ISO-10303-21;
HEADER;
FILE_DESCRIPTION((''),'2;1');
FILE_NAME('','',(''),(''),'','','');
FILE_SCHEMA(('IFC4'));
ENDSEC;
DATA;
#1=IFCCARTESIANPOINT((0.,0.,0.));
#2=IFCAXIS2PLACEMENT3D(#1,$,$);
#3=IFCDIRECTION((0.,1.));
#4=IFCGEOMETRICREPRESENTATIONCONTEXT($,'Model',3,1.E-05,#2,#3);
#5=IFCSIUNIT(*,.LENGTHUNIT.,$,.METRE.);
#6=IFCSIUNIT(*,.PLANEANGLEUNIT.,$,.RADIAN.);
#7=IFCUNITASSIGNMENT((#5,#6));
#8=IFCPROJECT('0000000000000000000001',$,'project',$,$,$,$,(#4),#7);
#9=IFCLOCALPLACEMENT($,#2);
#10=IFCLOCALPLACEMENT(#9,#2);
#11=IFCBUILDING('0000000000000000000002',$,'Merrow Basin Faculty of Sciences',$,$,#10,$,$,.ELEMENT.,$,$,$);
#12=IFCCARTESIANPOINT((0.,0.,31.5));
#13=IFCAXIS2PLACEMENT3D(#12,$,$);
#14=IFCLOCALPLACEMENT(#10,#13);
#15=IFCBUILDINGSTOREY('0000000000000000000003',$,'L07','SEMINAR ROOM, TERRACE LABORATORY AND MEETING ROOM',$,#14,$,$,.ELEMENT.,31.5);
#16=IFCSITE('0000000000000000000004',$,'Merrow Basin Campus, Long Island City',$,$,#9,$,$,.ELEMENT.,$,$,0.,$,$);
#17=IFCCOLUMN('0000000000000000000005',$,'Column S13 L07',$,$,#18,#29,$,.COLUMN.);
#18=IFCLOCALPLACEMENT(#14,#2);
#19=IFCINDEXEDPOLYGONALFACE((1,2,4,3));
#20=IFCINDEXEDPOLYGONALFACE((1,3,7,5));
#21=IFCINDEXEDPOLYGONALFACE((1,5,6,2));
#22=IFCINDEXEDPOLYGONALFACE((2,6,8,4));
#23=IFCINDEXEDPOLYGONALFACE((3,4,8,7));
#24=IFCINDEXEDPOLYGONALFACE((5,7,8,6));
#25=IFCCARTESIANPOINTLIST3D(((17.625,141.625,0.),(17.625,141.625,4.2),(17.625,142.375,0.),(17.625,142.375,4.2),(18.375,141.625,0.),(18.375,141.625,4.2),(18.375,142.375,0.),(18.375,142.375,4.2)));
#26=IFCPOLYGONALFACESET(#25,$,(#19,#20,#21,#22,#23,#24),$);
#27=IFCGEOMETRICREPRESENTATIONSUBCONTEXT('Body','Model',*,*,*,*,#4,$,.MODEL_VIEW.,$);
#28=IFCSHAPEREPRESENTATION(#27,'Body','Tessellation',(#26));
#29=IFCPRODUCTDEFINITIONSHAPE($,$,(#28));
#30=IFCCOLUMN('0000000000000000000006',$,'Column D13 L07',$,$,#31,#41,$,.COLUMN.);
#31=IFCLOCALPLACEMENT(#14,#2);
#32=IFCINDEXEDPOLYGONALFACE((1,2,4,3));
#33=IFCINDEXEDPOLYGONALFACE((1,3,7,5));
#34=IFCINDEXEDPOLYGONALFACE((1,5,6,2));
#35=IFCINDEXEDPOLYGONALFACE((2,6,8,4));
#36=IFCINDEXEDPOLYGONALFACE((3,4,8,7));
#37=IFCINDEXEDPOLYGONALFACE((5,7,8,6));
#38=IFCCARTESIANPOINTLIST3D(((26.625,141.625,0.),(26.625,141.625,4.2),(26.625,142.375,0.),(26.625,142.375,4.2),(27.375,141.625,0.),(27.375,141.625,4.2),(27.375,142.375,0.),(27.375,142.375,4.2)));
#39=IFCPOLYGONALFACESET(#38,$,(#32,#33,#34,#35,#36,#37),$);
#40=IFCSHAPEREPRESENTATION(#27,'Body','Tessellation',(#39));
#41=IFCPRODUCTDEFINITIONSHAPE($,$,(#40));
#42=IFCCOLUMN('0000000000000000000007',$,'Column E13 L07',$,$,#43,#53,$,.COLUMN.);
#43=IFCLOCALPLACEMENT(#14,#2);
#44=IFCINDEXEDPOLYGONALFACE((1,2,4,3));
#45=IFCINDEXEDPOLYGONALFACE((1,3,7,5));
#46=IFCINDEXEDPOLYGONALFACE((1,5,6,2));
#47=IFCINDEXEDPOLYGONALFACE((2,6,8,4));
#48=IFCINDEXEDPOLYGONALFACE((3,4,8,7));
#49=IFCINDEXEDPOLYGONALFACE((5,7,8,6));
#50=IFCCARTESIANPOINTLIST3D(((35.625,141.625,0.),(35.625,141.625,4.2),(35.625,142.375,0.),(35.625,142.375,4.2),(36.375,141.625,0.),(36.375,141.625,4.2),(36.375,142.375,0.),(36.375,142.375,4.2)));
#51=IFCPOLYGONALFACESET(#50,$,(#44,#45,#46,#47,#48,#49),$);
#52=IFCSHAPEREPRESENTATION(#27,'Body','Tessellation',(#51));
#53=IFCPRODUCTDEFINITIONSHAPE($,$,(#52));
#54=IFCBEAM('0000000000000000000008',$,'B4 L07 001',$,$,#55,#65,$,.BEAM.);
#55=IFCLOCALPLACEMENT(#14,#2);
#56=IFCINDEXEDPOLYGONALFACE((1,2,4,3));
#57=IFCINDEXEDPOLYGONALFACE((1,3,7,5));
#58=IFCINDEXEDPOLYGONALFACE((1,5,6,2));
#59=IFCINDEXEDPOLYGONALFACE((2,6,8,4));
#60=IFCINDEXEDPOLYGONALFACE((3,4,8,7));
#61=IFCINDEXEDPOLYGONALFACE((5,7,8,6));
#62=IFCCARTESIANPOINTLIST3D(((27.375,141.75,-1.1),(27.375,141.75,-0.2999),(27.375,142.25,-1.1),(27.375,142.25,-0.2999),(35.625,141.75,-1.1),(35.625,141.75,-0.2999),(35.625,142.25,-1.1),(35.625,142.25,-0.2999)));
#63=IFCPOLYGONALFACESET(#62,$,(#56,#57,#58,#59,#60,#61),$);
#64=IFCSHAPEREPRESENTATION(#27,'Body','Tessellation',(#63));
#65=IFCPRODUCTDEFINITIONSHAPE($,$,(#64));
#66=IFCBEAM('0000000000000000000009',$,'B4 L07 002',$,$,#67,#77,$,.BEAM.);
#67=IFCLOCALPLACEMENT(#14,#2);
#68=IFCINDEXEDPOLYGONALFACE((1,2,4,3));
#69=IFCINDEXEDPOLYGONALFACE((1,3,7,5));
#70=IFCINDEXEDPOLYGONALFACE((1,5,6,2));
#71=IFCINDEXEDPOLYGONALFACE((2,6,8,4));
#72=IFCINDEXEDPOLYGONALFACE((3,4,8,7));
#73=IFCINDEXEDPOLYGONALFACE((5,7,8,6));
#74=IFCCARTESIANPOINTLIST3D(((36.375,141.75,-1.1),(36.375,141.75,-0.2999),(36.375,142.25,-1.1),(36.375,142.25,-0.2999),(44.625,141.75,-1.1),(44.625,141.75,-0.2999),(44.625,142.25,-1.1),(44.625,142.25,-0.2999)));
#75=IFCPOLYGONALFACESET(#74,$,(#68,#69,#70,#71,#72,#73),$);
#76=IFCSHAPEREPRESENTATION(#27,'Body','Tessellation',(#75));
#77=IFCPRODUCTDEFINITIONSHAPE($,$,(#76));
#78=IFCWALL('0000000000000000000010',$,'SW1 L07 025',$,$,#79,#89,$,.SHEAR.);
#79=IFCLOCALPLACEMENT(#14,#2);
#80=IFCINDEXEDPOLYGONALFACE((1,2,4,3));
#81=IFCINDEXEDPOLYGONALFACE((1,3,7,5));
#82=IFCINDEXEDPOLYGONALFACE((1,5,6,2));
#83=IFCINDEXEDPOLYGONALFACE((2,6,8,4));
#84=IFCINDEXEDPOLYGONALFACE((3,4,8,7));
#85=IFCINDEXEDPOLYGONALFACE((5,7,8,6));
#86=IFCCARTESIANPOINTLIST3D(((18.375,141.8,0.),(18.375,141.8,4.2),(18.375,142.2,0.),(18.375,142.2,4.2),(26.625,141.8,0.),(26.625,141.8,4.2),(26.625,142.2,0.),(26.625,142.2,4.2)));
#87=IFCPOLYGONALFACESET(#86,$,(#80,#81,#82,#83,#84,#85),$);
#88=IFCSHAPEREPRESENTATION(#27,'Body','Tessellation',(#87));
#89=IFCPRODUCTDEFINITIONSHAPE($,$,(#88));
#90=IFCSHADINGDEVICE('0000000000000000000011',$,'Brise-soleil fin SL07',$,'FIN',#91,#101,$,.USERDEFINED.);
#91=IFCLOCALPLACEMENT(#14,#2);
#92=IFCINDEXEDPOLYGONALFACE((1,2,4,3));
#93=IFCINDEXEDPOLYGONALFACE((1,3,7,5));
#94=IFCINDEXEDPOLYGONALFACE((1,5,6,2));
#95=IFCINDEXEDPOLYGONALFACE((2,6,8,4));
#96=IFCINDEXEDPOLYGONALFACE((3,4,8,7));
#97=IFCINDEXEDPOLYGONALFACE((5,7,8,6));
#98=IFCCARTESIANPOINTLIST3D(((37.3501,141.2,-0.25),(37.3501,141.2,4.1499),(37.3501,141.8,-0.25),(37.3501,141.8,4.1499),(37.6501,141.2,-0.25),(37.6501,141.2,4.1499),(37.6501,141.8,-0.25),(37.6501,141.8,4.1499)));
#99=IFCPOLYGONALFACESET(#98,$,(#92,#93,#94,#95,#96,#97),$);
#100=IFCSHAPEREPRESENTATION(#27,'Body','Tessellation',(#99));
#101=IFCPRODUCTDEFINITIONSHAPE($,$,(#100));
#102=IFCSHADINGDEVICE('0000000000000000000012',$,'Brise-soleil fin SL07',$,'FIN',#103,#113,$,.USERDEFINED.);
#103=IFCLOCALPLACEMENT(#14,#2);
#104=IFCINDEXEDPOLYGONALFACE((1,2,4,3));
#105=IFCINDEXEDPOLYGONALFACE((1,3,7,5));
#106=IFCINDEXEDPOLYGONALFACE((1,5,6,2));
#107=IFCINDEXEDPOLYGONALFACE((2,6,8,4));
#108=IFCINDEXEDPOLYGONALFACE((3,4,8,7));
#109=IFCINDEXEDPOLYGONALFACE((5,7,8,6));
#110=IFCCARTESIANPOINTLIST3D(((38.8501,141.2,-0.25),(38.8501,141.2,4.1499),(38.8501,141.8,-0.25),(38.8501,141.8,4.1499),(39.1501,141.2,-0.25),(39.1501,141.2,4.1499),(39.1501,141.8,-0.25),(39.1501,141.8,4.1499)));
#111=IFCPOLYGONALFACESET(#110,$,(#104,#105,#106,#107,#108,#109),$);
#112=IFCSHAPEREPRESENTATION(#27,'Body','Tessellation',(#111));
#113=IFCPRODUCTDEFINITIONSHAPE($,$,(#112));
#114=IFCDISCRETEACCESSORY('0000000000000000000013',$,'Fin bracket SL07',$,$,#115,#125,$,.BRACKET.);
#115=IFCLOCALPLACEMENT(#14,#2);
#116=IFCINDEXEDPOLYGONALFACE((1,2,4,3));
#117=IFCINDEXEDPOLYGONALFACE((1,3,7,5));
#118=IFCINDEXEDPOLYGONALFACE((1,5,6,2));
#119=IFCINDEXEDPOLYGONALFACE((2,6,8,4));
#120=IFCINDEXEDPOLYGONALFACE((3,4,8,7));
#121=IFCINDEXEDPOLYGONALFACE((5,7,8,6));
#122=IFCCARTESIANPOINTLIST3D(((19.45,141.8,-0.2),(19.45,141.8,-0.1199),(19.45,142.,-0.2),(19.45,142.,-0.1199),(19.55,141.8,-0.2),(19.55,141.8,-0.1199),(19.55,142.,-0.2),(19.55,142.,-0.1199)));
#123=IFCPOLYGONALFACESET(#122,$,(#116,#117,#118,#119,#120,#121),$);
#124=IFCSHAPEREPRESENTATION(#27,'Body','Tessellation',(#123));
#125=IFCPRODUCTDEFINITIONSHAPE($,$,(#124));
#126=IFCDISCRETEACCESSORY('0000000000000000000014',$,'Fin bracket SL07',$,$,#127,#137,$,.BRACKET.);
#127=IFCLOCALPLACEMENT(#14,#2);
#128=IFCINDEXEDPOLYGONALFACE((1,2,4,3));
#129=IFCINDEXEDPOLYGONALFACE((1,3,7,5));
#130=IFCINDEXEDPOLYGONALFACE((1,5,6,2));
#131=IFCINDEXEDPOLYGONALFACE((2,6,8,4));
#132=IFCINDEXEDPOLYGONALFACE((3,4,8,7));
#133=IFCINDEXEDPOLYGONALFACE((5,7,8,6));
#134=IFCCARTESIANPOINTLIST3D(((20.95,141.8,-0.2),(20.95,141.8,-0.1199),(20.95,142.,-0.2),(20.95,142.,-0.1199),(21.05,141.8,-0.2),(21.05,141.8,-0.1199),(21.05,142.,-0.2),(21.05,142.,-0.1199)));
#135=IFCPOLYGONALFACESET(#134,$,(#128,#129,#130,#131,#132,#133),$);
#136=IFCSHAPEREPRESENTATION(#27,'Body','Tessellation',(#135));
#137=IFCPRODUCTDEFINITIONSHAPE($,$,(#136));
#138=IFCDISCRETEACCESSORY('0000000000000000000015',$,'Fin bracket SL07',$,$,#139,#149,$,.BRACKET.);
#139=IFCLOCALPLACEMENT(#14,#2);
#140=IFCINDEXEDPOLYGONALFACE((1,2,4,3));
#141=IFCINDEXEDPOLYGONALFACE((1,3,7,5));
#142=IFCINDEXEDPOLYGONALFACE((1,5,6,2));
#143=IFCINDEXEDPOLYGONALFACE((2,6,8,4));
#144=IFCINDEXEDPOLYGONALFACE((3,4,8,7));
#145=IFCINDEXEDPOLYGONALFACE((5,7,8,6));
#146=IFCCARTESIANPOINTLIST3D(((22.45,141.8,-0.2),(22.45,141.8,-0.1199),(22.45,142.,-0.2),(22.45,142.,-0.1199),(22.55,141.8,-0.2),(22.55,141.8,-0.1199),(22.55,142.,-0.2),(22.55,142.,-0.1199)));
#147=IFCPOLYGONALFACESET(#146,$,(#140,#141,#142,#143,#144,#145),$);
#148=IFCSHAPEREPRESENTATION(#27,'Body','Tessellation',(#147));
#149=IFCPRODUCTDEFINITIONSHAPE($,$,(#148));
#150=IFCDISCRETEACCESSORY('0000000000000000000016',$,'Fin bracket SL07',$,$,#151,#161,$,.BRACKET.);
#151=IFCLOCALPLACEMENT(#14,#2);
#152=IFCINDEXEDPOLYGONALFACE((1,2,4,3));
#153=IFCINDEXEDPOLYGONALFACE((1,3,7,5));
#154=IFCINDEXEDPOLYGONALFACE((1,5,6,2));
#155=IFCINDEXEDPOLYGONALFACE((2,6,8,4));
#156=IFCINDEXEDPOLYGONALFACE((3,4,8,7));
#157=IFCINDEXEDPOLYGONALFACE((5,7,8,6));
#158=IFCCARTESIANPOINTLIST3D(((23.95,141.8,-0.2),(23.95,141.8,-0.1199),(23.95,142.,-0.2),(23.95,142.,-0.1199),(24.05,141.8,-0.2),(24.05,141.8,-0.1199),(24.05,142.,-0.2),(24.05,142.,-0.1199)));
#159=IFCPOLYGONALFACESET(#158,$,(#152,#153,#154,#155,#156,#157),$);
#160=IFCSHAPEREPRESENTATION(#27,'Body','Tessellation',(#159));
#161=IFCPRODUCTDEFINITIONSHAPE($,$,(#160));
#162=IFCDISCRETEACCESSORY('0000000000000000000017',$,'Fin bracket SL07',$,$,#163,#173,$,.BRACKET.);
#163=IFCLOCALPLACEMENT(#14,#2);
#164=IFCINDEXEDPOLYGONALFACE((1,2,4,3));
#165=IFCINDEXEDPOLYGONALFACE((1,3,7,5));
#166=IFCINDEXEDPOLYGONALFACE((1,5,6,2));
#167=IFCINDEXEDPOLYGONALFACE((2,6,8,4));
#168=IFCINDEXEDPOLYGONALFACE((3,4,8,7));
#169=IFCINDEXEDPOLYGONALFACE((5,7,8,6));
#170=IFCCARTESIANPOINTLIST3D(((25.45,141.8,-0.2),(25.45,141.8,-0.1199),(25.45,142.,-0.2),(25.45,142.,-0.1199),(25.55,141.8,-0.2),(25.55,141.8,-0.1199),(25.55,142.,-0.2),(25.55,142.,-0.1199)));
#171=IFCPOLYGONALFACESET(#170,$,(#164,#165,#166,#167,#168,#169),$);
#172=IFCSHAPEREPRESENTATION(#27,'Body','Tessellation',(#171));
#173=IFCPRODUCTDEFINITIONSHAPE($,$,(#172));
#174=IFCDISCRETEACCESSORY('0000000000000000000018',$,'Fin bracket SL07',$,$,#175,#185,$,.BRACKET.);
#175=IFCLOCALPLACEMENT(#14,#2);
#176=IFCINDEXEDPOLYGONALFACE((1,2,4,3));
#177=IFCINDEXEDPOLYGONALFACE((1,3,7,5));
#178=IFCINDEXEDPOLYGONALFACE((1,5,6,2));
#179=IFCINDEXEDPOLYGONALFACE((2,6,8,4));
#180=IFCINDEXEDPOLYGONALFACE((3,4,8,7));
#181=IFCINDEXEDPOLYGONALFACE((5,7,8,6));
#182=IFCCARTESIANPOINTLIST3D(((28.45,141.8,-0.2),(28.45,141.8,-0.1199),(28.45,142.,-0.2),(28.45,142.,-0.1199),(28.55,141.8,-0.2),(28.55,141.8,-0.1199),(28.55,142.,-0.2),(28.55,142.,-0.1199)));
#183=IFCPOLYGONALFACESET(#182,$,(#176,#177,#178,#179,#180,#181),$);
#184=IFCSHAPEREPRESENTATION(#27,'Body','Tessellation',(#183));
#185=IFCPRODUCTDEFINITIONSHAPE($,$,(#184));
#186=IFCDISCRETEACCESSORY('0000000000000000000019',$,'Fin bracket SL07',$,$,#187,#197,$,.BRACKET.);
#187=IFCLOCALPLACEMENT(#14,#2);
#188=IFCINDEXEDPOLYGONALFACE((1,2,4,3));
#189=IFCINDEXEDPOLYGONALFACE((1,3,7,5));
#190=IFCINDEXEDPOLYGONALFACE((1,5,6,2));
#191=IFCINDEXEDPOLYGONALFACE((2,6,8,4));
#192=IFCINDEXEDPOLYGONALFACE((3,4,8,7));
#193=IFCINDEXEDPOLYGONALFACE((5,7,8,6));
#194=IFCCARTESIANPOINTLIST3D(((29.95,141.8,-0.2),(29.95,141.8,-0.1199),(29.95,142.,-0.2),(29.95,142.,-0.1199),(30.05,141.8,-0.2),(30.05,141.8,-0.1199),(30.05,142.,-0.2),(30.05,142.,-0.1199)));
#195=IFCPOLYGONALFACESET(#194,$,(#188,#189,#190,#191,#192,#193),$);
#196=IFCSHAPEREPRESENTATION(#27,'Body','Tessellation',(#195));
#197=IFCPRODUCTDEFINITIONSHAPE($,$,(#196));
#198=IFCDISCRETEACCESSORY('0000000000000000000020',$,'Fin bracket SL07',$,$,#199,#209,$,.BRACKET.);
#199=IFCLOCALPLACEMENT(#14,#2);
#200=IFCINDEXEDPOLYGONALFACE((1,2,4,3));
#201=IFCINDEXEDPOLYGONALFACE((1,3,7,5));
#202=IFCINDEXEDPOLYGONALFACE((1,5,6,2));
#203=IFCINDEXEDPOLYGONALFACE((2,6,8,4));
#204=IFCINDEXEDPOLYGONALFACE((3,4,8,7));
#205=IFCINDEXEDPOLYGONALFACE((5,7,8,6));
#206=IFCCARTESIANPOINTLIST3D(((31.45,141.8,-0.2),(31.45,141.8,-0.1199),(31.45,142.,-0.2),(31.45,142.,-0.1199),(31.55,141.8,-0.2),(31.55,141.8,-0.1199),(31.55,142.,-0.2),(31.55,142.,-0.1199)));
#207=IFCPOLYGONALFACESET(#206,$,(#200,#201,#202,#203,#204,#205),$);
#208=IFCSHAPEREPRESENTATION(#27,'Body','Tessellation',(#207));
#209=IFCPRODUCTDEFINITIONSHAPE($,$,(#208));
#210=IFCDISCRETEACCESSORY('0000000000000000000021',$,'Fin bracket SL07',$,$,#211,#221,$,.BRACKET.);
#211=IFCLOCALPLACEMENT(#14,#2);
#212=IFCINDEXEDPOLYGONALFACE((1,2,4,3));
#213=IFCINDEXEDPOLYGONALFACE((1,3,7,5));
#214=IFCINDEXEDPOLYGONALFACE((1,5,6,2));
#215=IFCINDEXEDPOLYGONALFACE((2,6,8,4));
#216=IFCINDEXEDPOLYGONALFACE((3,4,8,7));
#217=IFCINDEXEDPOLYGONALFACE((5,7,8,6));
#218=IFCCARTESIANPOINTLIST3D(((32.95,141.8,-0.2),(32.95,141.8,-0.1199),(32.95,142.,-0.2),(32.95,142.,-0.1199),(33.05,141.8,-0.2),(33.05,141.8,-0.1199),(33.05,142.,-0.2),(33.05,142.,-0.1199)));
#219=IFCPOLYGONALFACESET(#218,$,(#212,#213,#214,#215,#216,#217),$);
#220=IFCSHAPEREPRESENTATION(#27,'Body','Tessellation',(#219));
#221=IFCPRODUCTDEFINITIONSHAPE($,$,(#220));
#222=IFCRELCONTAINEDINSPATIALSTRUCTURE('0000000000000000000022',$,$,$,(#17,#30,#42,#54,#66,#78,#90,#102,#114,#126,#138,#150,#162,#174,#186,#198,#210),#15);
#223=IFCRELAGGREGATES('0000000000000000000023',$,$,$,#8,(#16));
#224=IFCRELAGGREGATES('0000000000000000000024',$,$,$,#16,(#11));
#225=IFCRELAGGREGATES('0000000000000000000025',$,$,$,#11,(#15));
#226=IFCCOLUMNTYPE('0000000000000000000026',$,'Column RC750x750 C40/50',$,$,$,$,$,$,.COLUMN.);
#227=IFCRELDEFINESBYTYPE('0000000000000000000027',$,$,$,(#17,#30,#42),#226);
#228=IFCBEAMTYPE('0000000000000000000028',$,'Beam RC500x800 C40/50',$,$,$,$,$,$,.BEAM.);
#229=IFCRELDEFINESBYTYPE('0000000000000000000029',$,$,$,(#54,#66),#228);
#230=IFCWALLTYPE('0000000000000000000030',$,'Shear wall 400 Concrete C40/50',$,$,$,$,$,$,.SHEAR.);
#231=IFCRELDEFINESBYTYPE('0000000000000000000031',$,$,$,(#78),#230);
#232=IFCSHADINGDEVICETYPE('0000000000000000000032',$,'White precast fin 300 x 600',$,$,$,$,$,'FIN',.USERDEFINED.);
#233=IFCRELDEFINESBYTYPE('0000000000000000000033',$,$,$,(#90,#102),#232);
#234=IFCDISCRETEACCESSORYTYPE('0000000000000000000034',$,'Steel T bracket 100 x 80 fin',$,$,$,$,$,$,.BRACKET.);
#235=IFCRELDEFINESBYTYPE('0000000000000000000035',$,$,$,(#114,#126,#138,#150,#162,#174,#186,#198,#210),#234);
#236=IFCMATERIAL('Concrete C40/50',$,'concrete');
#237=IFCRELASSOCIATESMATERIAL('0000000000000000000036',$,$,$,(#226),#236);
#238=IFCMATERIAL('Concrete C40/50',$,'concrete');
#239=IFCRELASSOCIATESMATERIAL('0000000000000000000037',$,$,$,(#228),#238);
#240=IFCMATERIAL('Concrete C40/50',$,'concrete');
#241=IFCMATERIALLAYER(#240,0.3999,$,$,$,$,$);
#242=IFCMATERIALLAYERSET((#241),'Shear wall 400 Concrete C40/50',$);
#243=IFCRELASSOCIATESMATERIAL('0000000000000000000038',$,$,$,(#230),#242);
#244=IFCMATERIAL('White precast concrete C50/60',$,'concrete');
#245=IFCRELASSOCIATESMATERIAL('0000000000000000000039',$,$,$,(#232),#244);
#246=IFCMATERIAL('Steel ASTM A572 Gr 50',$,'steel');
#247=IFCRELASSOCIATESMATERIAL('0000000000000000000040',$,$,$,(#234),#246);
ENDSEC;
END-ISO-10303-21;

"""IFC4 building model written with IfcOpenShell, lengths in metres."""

from ifc_helpers import new_model, si_unit, direction, frame, frame_2d, origin, origin_2d, place, context, subcontext, project, spatial, polyline, rectangle, outline, extrude, source, transform, mapped, material, layer, layer_set, material_profile, profile_set, type_object, element, save


model = new_model("IFC4")

# Units and contexts
model_context = context("Model", 3, precision=1e-05, world=origin(), true_north=direction((0.0, 1.0)))
body_context = subcontext(model_context, "Body", "Model", "MODEL_VIEW")
ifc_project = project(units=[si_unit("LENGTHUNIT", "METRE"), si_unit("PLANEANGLEUNIT", "RADIAN")], contexts=[model_context])

# Site, building, storey
site_placement = place(None, origin())
site = spatial("IfcSite", under=ifc_project, at=site_placement, Name="Merrow Basin Campus, Long Island City", CompositionType="ELEMENT", RefElevation=0.0)
building_placement = place(site_placement, origin())
building = spatial("IfcBuilding", under=site, at=building_placement, Name="Merrow Basin Faculty of Sciences", CompositionType="ELEMENT")
storey_placement = place(building_placement, frame((0.0, 0.0, 31.5)))
storey = spatial("IfcBuildingStorey", under=building, at=storey_placement, Name="L07", Description="SEMINAR ROOM, TERRACE LABORATORY AND MEETING ROOM", CompositionType="ELEMENT", Elevation=31.5)

# Columns
ifc_material_1 = material(Name="Concrete C40/50", Category="concrete")
ifc_material_profile_1 = material_profile(ifc_material_1, rectangle(XDim=0.75, YDim=0.75, at=origin_2d()))
ifc_profile_set_1 = profile_set([ifc_material_profile_1], Name="Concrete C40/50")
column_type = type_object("IfcColumnType", Name="Column RC750x750 C40/50", PredefinedType="COLUMN", material=ifc_profile_set_1)
for number, where, z_axis, x_axis, name in (
    (1, (18.0, 142.0, 0.0), (0.0, 0.0, 1.0), (1.0, 0.0, 0.0), "Column S13 L07"),
    (2, (27.0, 142.0, 0.0), (0.0, 0.0, 1.0), (1.0, 0.0, 0.0), "Column D13 L07"),
    (3, (36.0, 142.0, 0.0), (0.0, 0.0, 1.0), (1.0, 0.0, 0.0), "Column E13 L07"),
):
    element("IfcColumn", number, at=place(storey_placement, frame(where, z_axis=z_axis, x_axis=x_axis)), inside=storey, type_object=column_type, Name=name, PredefinedType="COLUMN", context=body_context, shape_type="SweptSolid", body=[
        extrude(rectangle(XDim=0.75, YDim=0.75, at=origin_2d()), origin(), (0.0, 0.0, 1.0), 4.2),
    ])

# Beams
ifc_material_2 = material(Name="Concrete C40/50", Category="concrete")
ifc_material_profile_2 = material_profile(ifc_material_2, rectangle(XDim=0.5, YDim=0.8, at=origin_2d()))
ifc_profile_set_2 = profile_set([ifc_material_profile_2], Name="Concrete C40/50")
beam_type = type_object("IfcBeamType", Name="Beam RC500x800 C40/50", PredefinedType="BEAM", material=ifc_profile_set_2)
for number, where, z_axis, x_axis, name in (
    (4, (27.375, 142.0, -0.7), (1.0, 0.0, 0.0), (0.0, 1.0, 0.0), "B4 L07 001"),
    (5, (36.375, 142.0, -0.7), (1.0, 0.0, 0.0), (0.0, 1.0, 0.0), "B4 L07 002"),
):
    element("IfcBeam", number, at=place(storey_placement, frame(where, z_axis=z_axis, x_axis=x_axis)), inside=storey, type_object=beam_type, Name=name, PredefinedType="BEAM", context=body_context, shape_type="SweptSolid", body=[
        extrude(rectangle(XDim=0.5, YDim=0.8, at=origin_2d()), origin(), (0.0, 0.0, 1.0), 8.25),
    ])

# Wall
ifc_material_3 = material(Name="Concrete C40/50", Category="concrete")
ifc_layer = layer(ifc_material_3, 0.3999)
ifc_layer_set = layer_set([ifc_layer], Name="Shear wall 400 Concrete C40/50")
wall_type = type_object("IfcWallType", Name="Shear wall 400 Concrete C40/50", PredefinedType="SHEAR", material=ifc_layer_set)
wall_placement = place(storey_placement, frame((18.375, 142.0, 0.0), z_axis=(0.0, 0.0, 1.0), x_axis=(1.0, 0.0, 0.0)))
element("IfcWall", 6, at=wall_placement, inside=storey, type_object=wall_type, Name="SW1 L07 025", PredefinedType="SHEAR", context=body_context, shape_type="SweptSolid", body=[
    extrude(rectangle(XDim=8.25, YDim=0.3999, at=frame_2d((4.125, 0.0))), origin(), (0.0, 0.0, 1.0), 4.2),
])

# Shading devices
ifc_material_4 = material(Name="White precast concrete C50/60", Category="concrete")
shading_device_type = type_object("IfcShadingDeviceType", Name="White precast fin 300 x 600", ElementType="FIN", PredefinedType="USERDEFINED", material=ifc_material_4)
shared_shape_1 = source(origin(), body_context, "Body", "SweptSolid", [
    extrude(outline(polyline([(0.0, 0.0), (0.3, 0.0), (0.3, 4.3999), (0.0, 4.3999), (0.0, 0.0)])), origin(), (0.0, 0.0, 1.0), 0.6001),
])
for number, where, z_axis, x_axis, name in (
    (7, (37.3501, 141.8, -0.25), (0.0, -1.0, 0.0), (1.0, 0.0, 0.0), "Brise-soleil fin SL07"),
    (8, (38.8501, 141.8, -0.25), (0.0, -1.0, 0.0), (1.0, 0.0, 0.0), "Brise-soleil fin SL07"),
):
    element("IfcShadingDevice", number, at=place(storey_placement, frame(where, z_axis=z_axis, x_axis=x_axis)), inside=storey, type_object=shading_device_type, Name=name, ObjectType="FIN", PredefinedType="USERDEFINED", context=body_context, shape_type="MappedRepresentation", body=[
        mapped(shared_shape_1, transform((0.0, 0.0, 0.0), scale=1.0)),
    ])

# Discrete accessories
ifc_material_5 = material(Name="Steel ASTM A572 Gr 50", Category="steel")
discrete_accessory_type = type_object("IfcDiscreteAccessoryType", Name="Steel T bracket 100 x 80 fin", PredefinedType="BRACKET", material=ifc_material_5)
shared_shape_2 = source(origin(), body_context, "Body", "SweptSolid", [
    extrude(outline(polyline([(0.0, 0.0), (0.1001, 0.0), (0.1001, 0.0801), (0.0, 0.0801), (0.0, 0.0)])), origin(), (0.0, 0.0, 1.0), 0.2),
])
for number, where, z_axis, x_axis, name in (
    (9, (19.45, 142.0, -0.2), (0.0, -1.0, 0.0), (1.0, 0.0, 0.0), "Fin bracket SL07"),
    (10, (20.95, 142.0, -0.2), (0.0, -1.0, 0.0), (1.0, 0.0, 0.0), "Fin bracket SL07"),
    (11, (22.45, 142.0, -0.2), (0.0, -1.0, 0.0), (1.0, 0.0, 0.0), "Fin bracket SL07"),
    (12, (23.95, 142.0, -0.2), (0.0, -1.0, 0.0), (1.0, 0.0, 0.0), "Fin bracket SL07"),
    (13, (25.45, 142.0, -0.2), (0.0, -1.0, 0.0), (1.0, 0.0, 0.0), "Fin bracket SL07"),
    (14, (28.45, 142.0, -0.2), (0.0, -1.0, 0.0), (1.0, 0.0, 0.0), "Fin bracket SL07"),
    (15, (29.95, 142.0, -0.2), (0.0, -1.0, 0.0), (1.0, 0.0, 0.0), "Fin bracket SL07"),
    (16, (31.45, 142.0, -0.2), (0.0, -1.0, 0.0), (1.0, 0.0, 0.0), "Fin bracket SL07"),
    (17, (32.95, 142.0, -0.2), (0.0, -1.0, 0.0), (1.0, 0.0, 0.0), "Fin bracket SL07"),
):
    element("IfcDiscreteAccessory", number, at=place(storey_placement, frame(where, z_axis=z_axis, x_axis=x_axis)), inside=storey, type_object=discrete_accessory_type, Name=name, PredefinedType="BRACKET", context=body_context, shape_type="MappedRepresentation", body=[
        mapped(shared_shape_2, transform((0.0, 0.0, 0.0), scale=1.0)),
    ])

save(model, "model.ifc")
